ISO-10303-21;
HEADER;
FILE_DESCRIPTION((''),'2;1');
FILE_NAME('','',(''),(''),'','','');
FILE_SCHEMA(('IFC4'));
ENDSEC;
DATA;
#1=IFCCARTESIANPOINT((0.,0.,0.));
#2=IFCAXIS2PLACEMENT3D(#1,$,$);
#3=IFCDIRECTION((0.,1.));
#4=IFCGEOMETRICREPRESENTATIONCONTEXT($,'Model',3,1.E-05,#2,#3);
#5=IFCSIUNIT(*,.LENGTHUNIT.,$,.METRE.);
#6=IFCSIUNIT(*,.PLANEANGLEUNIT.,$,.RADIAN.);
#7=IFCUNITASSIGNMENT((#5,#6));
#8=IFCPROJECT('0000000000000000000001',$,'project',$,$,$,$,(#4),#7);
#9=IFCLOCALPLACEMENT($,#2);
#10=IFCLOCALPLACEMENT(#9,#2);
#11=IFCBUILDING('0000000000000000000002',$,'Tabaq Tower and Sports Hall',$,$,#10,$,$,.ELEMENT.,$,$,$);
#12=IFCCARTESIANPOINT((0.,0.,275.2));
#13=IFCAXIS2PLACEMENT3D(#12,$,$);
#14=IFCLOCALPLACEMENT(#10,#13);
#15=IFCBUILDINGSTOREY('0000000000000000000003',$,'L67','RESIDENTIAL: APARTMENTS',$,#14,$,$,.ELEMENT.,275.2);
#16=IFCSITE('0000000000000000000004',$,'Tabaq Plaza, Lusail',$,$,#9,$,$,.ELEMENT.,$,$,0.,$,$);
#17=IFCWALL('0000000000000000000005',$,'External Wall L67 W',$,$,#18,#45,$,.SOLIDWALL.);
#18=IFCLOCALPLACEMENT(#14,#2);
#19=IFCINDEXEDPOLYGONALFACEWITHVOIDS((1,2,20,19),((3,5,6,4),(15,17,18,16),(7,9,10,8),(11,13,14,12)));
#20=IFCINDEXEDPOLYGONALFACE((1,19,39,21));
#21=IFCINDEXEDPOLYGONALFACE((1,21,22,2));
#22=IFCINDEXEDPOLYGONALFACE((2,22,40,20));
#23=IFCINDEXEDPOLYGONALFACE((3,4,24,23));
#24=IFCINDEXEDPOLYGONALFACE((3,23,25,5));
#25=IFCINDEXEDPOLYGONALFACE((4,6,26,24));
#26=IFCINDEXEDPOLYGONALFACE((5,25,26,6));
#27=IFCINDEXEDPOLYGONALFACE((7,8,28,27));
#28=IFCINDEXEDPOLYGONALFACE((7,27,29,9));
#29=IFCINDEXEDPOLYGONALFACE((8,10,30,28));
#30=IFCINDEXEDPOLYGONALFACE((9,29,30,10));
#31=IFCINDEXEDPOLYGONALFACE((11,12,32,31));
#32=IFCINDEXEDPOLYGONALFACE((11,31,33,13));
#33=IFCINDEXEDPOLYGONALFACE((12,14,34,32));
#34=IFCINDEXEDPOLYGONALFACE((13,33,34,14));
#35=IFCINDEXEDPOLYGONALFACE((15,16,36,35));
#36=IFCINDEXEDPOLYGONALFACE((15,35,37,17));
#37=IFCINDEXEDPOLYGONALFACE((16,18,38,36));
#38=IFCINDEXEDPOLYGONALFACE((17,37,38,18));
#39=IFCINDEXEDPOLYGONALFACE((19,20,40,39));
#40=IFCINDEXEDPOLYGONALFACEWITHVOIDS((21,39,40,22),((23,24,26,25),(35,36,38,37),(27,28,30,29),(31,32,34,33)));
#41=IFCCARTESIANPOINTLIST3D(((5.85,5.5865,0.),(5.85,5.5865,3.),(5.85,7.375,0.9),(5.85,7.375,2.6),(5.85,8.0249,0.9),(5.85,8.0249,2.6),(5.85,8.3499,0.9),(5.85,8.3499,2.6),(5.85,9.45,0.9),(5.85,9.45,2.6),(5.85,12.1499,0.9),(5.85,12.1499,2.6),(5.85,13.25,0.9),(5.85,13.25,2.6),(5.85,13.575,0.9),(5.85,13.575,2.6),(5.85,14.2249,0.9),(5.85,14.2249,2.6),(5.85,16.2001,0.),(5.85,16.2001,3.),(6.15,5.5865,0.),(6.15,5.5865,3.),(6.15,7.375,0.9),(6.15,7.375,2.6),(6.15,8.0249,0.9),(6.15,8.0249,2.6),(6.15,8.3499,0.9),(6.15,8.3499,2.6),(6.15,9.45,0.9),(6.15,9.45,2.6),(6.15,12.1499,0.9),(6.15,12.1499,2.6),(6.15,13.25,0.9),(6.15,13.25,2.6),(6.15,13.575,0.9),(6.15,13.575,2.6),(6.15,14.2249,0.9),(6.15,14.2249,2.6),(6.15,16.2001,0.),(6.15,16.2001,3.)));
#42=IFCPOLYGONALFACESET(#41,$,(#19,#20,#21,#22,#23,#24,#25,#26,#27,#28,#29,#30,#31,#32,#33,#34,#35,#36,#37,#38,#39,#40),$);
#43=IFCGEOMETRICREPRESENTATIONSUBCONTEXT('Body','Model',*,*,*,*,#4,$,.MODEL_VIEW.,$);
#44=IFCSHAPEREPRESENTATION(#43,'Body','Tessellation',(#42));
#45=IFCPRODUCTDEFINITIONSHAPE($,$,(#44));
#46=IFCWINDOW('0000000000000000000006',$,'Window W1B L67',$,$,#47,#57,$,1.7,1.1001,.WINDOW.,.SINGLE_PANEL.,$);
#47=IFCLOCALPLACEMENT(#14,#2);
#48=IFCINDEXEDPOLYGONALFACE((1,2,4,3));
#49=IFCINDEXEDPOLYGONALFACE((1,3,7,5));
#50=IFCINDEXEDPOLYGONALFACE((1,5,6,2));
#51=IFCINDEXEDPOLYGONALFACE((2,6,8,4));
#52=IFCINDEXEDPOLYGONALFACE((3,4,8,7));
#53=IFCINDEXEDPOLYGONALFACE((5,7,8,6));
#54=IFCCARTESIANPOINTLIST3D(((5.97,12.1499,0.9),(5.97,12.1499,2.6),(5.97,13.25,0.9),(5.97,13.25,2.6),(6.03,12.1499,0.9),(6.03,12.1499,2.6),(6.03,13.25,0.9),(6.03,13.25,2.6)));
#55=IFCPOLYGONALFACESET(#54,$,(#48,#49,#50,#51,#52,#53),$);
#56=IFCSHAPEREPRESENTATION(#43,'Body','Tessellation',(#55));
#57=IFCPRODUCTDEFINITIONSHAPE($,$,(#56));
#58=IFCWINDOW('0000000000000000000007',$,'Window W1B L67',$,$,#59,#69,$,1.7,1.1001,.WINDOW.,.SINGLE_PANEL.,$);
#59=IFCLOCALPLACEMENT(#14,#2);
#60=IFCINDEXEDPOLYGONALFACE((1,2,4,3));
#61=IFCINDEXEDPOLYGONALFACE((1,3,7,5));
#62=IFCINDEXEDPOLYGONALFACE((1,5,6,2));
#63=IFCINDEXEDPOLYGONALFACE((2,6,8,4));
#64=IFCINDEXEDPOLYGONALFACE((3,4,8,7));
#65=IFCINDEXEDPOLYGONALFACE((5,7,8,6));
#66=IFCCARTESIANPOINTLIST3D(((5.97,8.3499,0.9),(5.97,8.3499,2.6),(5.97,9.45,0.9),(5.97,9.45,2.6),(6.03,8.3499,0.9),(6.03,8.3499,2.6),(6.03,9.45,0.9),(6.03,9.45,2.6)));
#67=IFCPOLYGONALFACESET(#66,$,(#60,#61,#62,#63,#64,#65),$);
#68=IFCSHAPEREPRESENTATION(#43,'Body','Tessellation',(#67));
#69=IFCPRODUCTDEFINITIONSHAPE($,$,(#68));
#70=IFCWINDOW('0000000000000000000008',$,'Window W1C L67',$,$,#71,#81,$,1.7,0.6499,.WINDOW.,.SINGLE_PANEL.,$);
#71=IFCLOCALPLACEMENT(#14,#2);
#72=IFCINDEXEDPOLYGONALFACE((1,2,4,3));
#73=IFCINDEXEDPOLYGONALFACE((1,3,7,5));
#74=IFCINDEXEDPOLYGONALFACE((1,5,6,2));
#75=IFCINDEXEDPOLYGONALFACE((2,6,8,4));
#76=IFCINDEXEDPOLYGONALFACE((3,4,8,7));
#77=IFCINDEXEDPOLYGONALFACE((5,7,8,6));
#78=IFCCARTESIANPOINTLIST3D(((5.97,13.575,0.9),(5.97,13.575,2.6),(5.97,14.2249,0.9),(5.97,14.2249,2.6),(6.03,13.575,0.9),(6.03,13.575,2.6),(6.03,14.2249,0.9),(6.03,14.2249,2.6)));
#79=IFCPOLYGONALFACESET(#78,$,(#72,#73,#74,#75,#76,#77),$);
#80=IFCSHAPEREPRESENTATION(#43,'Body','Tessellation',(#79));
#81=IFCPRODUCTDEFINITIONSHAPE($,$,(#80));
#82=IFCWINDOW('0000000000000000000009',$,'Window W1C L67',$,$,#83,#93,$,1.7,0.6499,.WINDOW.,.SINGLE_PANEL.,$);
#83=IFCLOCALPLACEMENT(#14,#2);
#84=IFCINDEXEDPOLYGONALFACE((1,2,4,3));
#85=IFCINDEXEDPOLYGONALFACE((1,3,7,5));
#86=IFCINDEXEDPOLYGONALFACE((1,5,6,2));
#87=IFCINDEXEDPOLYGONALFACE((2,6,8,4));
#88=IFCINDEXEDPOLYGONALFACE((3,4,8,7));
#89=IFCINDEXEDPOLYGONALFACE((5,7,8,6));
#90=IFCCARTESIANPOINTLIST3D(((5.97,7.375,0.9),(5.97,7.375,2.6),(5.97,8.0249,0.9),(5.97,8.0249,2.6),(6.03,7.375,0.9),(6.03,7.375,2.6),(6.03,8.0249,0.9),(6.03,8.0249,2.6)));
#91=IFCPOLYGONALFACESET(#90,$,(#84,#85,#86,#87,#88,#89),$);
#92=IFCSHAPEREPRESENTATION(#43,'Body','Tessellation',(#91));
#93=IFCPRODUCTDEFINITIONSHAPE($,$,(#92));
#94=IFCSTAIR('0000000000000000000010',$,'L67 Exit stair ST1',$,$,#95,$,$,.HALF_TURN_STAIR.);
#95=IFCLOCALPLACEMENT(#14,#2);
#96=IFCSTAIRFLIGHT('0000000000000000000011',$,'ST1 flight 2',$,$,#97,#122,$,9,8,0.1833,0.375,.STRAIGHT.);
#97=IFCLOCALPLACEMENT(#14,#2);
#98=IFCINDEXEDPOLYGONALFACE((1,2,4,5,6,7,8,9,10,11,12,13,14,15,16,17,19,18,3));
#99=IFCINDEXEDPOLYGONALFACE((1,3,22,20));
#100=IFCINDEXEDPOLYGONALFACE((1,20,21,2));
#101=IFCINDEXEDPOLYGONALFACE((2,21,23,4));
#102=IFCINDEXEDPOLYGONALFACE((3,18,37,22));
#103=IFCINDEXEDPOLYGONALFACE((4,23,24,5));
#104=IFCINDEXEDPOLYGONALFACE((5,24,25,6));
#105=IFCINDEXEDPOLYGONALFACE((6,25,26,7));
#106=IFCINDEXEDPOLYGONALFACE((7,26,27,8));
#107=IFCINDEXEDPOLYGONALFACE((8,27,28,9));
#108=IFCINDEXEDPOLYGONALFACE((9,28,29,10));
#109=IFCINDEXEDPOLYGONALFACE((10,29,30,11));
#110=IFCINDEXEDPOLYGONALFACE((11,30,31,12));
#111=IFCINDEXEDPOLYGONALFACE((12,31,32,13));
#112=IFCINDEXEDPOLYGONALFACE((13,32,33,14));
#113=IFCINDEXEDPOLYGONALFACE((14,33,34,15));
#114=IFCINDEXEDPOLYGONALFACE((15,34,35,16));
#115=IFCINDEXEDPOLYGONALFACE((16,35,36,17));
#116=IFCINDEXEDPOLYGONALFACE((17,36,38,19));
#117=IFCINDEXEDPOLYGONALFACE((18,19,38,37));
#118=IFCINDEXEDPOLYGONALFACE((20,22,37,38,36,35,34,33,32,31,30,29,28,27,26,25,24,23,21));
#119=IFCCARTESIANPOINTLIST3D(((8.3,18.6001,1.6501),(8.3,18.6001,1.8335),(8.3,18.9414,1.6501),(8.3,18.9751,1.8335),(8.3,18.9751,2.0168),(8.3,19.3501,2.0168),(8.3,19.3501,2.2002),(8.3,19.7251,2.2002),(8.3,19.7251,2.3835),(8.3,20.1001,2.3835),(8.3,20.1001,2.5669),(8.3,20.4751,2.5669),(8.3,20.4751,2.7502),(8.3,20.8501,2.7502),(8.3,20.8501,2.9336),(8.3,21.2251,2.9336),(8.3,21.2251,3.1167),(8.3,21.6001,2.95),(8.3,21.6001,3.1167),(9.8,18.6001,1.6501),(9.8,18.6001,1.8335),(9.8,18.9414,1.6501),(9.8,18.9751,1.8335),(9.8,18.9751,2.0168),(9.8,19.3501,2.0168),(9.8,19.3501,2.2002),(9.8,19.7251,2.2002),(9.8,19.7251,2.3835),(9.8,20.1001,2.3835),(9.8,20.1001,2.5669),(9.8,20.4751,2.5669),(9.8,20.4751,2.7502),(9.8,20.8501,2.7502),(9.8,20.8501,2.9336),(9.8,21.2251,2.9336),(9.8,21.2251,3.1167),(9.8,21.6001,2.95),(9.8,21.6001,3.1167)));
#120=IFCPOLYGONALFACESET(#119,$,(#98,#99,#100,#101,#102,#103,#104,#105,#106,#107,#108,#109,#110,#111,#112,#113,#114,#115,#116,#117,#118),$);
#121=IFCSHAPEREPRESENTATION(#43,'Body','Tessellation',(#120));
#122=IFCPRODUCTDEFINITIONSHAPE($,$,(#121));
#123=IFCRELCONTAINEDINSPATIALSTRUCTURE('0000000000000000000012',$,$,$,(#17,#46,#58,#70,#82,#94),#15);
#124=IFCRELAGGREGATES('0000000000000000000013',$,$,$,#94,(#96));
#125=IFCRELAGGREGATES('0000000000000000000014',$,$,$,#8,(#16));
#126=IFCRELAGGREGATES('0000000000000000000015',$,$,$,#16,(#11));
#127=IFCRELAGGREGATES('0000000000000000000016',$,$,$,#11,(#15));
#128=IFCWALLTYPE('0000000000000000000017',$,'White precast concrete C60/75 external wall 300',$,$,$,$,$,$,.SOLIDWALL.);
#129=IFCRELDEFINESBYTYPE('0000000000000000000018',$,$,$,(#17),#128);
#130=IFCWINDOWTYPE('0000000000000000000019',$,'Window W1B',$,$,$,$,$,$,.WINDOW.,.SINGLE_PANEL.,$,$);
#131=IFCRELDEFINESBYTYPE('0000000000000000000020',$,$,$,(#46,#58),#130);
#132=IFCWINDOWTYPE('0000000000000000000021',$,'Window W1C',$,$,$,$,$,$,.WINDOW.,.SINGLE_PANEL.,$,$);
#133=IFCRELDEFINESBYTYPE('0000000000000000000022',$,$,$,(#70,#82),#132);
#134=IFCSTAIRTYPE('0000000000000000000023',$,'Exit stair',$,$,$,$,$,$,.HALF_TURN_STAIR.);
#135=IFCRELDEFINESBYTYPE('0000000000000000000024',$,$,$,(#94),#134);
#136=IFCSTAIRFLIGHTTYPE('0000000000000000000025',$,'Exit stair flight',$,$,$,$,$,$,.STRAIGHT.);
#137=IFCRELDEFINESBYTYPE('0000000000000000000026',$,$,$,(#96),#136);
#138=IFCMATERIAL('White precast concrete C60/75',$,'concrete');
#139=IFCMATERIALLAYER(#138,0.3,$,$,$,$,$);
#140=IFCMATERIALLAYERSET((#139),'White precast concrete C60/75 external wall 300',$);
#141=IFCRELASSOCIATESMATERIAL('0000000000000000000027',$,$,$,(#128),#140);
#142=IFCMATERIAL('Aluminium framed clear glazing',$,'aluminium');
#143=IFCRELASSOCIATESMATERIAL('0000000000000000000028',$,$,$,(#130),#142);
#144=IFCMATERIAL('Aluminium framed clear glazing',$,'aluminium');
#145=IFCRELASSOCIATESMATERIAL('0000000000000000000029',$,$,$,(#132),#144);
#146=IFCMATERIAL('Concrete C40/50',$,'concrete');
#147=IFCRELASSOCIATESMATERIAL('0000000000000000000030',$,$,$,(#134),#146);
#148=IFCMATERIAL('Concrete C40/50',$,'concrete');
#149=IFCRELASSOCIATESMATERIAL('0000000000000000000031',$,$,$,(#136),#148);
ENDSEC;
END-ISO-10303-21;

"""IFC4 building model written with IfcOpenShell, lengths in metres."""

from ifc_helpers import new_model, si_unit, direction, frame, frame_2d, origin, place, context, subcontext, project, spatial, polyline, rectangle, outline, extrude, material, layer, layer_set, type_object, element, fill, aggregate, save


model = new_model("IFC4")

# Units and contexts
model_context = context("Model", 3, precision=1e-05, world=origin(), true_north=direction((0.0, 1.0)))
body_context = subcontext(model_context, "Body", "Model", "MODEL_VIEW")
ifc_project = project(units=[si_unit("LENGTHUNIT", "METRE"), si_unit("PLANEANGLEUNIT", "RADIAN")], contexts=[model_context])

# Site, building, storey
site_placement = place(None, origin())
site = spatial("IfcSite", under=ifc_project, at=site_placement, Name="Tabaq Plaza, Lusail", CompositionType="ELEMENT", RefElevation=0.0)
building_placement = place(site_placement, origin())
building = spatial("IfcBuilding", under=site, at=building_placement, Name="Tabaq Tower and Sports Hall", CompositionType="ELEMENT")
storey_placement = place(building_placement, frame((0.0, 0.0, 275.2)))
storey = spatial("IfcBuildingStorey", under=building, at=storey_placement, Name="L67", Description="RESIDENTIAL: APARTMENTS", CompositionType="ELEMENT", Elevation=275.2)

# Wall, openings, windows
ifc_material_1 = material(Name="White precast concrete C60/75", Category="concrete")
ifc_layer_1 = layer(ifc_material_1, 0.3)
ifc_layer_set_1 = layer_set([ifc_layer_1], Name="White precast concrete C60/75 external wall 300")
wall_type_1 = type_object("IfcWallType", Name="White precast concrete C60/75 external wall 300", PredefinedType="SOLIDWALL", material=ifc_layer_set_1)
wall_1_placement = place(storey_placement, frame((6.0, 16.2, 0.0), z_axis=(0.0, 0.0, 1.0), x_axis=(0.0, -1.0, 0.0)))
wall_1 = element("IfcWall", 1, at=wall_1_placement, inside=storey, type_object=wall_type_1, Name="External Wall L67 W", PredefinedType="SOLIDWALL", context=body_context, shape_type="SweptSolid", body=[
    extrude(rectangle(XDim=10.6135, YDim=0.3, at=frame_2d((5.3066, 0.0))), origin(), (0.0, 0.0, 1.0), 3.0),
])
opening_1_placement = place(wall_1_placement, frame((1.9751, 0.0, 0.8999)))
opening_1 = element("IfcOpeningElement", 2, at=opening_1_placement, cuts=wall_1, PredefinedType="OPENING", context=body_context, shape_type="SweptSolid", body=[
    extrude(rectangle(XDim=0.6499, YDim=1.7, at=frame_2d((0.325, 0.8501))), frame((0.0, 0.1602, 0.0), z_axis=(0.0, -1.0, 0.0), x_axis=(1.0, 0.0, 0.0)), (0.0, 0.0, 1.0), 0.3201),
])
opening_2_placement = place(wall_1_placement, frame((2.95, 0.0, 0.8999)))
opening_2 = element("IfcOpeningElement", 3, at=opening_2_placement, cuts=wall_1, PredefinedType="OPENING", context=body_context, shape_type="SweptSolid", body=[
    extrude(rectangle(XDim=1.1001, YDim=1.7, at=frame_2d((0.55, 0.8501))), frame((0.0, 0.1602, 0.0), z_axis=(0.0, -1.0, 0.0), x_axis=(1.0, 0.0, 0.0)), (0.0, 0.0, 1.0), 0.3201),
])
opening_3_placement = place(wall_1_placement, frame((6.75, 0.0, 0.8999)))
opening_3 = element("IfcOpeningElement", 4, at=opening_3_placement, cuts=wall_1, PredefinedType="OPENING", context=body_context, shape_type="SweptSolid", body=[
    extrude(rectangle(XDim=1.1001, YDim=1.7, at=frame_2d((0.55, 0.8501))), frame((0.0, 0.1602, 0.0), z_axis=(0.0, -1.0, 0.0), x_axis=(1.0, 0.0, 0.0)), (0.0, 0.0, 1.0), 0.3201),
])
opening_4_placement = place(wall_1_placement, frame((8.175, 0.0, 0.8999)))
opening_4 = element("IfcOpeningElement", 5, at=opening_4_placement, cuts=wall_1, PredefinedType="OPENING", context=body_context, shape_type="SweptSolid", body=[
    extrude(rectangle(XDim=0.6499, YDim=1.7, at=frame_2d((0.325, 0.8501))), frame((0.0, 0.1602, 0.0), z_axis=(0.0, -1.0, 0.0), x_axis=(1.0, 0.0, 0.0)), (0.0, 0.0, 1.0), 0.3201),
])
ifc_material_2 = material(Name="Aluminium framed clear glazing", Category="aluminium")
window_type_1 = type_object("IfcWindowType", Name="Window W1B", PartitioningType="SINGLE_PANEL", PredefinedType="WINDOW", material=ifc_material_2)
window_1_placement = place(opening_2_placement, origin())
window_1 = element("IfcWindow", 6, at=window_1_placement, inside=storey, type_object=window_type_1, Name="Window W1B L67", OverallHeight=1.7, OverallWidth=1.1001, PartitioningType="SINGLE_PANEL", PredefinedType="WINDOW", context=body_context, shape_type="SweptSolid", body=[
    extrude(rectangle(XDim=1.1001, YDim=1.7, at=frame_2d((0.55, 0.8501))), frame((0.0, 0.03, 0.0), z_axis=(0.0, -1.0, 0.0), x_axis=(1.0, 0.0, 0.0)), (0.0, 0.0, 1.0), 0.0601),
])
fill(opening_2, window_1)
window_2_placement = place(opening_3_placement, origin())
window_2 = element("IfcWindow", 7, at=window_2_placement, inside=storey, type_object=window_type_1, Name="Window W1B L67", OverallHeight=1.7, OverallWidth=1.1001, PartitioningType="SINGLE_PANEL", PredefinedType="WINDOW", context=body_context, shape_type="SweptSolid", body=[
    extrude(rectangle(XDim=1.1001, YDim=1.7, at=frame_2d((0.55, 0.8501))), frame((0.0, 0.03, 0.0), z_axis=(0.0, -1.0, 0.0), x_axis=(1.0, 0.0, 0.0)), (0.0, 0.0, 1.0), 0.0601),
])
fill(opening_3, window_2)
ifc_material_3 = material(Name="Aluminium framed clear glazing", Category="aluminium")
window_type_2 = type_object("IfcWindowType", Name="Window W1C", PartitioningType="SINGLE_PANEL", PredefinedType="WINDOW", material=ifc_material_3)
window_3_placement = place(opening_1_placement, origin())
window_3 = element("IfcWindow", 8, at=window_3_placement, inside=storey, type_object=window_type_2, Name="Window W1C L67", OverallHeight=1.7, OverallWidth=0.6499, PartitioningType="SINGLE_PANEL", PredefinedType="WINDOW", context=body_context, shape_type="SweptSolid", body=[
    extrude(rectangle(XDim=0.6499, YDim=1.7, at=frame_2d((0.325, 0.8501))), frame((0.0, 0.03, 0.0), z_axis=(0.0, -1.0, 0.0), x_axis=(1.0, 0.0, 0.0)), (0.0, 0.0, 1.0), 0.0601),
])
fill(opening_1, window_3)
window_4_placement = place(opening_4_placement, origin())
window_4 = element("IfcWindow", 9, at=window_4_placement, inside=storey, type_object=window_type_2, Name="Window W1C L67", OverallHeight=1.7, OverallWidth=0.6499, PartitioningType="SINGLE_PANEL", PredefinedType="WINDOW", context=body_context, shape_type="SweptSolid", body=[
    extrude(rectangle(XDim=0.6499, YDim=1.7, at=frame_2d((0.325, 0.8501))), frame((0.0, 0.03, 0.0), z_axis=(0.0, -1.0, 0.0), x_axis=(1.0, 0.0, 0.0)), (0.0, 0.0, 1.0), 0.0601),
])
fill(opening_4, window_4)

# Stair, stair flight
ifc_material_4 = material(Name="Concrete C40/50", Category="concrete")
stair_type = type_object("IfcStairType", Name="Exit stair", PredefinedType="HALF_TURN_STAIR", material=ifc_material_4)
stair_placement = place(storey_placement, origin())
stair = element("IfcStair", 10, at=stair_placement, inside=storey, type_object=stair_type, Name="L67 Exit stair ST1", PredefinedType="HALF_TURN_STAIR")
ifc_material_5 = material(Name="Concrete C40/50", Category="concrete")
stair_flight_type = type_object("IfcStairFlightType", Name="Exit stair flight", PredefinedType="STRAIGHT", material=ifc_material_5)
stair_flight_placement = place(storey_placement, frame((9.05, 18.6001, 1.6501), z_axis=(0.0, 0.0, 1.0), x_axis=(0.0, 1.0, 0.0)))
stair_flight = element("IfcStairFlight", 11, at=stair_flight_placement, type_object=stair_flight_type, Name="ST1 flight 2", NumberOfRisers=9, NumberOfTreads=8, PredefinedType="STRAIGHT", RiserHeight=0.1833, TreadLength=0.375, context=body_context, shape_type="SweptSolid", body=[
    extrude(outline(polyline([(0.0, 0.0), (0.0, 0.1833), (0.375, 0.1833), (0.375, 0.3667), (0.75, 0.3667), (0.75, 0.55), (1.125, 0.55), (1.125, 0.7334), (1.5, 0.7334), (1.5, 0.9167), (1.875, 0.9167), (1.875, 1.1001), (2.25, 1.1001), (2.25, 1.2834), (2.625, 1.2834), (2.625, 1.4666), (3.0, 1.4666), (3.0, 1.6499), (3.0, 1.2998), (0.3413, 0.0), (0.0, 0.0)])), frame((0.0, 0.75, 0.0), z_axis=(0.0, -1.0, 0.0), x_axis=(1.0, 0.0, 0.0)), (0.0, 0.0, 1.0), 1.5),
])
aggregate(stair, [stair_flight])

save(model, "model.ifc")
